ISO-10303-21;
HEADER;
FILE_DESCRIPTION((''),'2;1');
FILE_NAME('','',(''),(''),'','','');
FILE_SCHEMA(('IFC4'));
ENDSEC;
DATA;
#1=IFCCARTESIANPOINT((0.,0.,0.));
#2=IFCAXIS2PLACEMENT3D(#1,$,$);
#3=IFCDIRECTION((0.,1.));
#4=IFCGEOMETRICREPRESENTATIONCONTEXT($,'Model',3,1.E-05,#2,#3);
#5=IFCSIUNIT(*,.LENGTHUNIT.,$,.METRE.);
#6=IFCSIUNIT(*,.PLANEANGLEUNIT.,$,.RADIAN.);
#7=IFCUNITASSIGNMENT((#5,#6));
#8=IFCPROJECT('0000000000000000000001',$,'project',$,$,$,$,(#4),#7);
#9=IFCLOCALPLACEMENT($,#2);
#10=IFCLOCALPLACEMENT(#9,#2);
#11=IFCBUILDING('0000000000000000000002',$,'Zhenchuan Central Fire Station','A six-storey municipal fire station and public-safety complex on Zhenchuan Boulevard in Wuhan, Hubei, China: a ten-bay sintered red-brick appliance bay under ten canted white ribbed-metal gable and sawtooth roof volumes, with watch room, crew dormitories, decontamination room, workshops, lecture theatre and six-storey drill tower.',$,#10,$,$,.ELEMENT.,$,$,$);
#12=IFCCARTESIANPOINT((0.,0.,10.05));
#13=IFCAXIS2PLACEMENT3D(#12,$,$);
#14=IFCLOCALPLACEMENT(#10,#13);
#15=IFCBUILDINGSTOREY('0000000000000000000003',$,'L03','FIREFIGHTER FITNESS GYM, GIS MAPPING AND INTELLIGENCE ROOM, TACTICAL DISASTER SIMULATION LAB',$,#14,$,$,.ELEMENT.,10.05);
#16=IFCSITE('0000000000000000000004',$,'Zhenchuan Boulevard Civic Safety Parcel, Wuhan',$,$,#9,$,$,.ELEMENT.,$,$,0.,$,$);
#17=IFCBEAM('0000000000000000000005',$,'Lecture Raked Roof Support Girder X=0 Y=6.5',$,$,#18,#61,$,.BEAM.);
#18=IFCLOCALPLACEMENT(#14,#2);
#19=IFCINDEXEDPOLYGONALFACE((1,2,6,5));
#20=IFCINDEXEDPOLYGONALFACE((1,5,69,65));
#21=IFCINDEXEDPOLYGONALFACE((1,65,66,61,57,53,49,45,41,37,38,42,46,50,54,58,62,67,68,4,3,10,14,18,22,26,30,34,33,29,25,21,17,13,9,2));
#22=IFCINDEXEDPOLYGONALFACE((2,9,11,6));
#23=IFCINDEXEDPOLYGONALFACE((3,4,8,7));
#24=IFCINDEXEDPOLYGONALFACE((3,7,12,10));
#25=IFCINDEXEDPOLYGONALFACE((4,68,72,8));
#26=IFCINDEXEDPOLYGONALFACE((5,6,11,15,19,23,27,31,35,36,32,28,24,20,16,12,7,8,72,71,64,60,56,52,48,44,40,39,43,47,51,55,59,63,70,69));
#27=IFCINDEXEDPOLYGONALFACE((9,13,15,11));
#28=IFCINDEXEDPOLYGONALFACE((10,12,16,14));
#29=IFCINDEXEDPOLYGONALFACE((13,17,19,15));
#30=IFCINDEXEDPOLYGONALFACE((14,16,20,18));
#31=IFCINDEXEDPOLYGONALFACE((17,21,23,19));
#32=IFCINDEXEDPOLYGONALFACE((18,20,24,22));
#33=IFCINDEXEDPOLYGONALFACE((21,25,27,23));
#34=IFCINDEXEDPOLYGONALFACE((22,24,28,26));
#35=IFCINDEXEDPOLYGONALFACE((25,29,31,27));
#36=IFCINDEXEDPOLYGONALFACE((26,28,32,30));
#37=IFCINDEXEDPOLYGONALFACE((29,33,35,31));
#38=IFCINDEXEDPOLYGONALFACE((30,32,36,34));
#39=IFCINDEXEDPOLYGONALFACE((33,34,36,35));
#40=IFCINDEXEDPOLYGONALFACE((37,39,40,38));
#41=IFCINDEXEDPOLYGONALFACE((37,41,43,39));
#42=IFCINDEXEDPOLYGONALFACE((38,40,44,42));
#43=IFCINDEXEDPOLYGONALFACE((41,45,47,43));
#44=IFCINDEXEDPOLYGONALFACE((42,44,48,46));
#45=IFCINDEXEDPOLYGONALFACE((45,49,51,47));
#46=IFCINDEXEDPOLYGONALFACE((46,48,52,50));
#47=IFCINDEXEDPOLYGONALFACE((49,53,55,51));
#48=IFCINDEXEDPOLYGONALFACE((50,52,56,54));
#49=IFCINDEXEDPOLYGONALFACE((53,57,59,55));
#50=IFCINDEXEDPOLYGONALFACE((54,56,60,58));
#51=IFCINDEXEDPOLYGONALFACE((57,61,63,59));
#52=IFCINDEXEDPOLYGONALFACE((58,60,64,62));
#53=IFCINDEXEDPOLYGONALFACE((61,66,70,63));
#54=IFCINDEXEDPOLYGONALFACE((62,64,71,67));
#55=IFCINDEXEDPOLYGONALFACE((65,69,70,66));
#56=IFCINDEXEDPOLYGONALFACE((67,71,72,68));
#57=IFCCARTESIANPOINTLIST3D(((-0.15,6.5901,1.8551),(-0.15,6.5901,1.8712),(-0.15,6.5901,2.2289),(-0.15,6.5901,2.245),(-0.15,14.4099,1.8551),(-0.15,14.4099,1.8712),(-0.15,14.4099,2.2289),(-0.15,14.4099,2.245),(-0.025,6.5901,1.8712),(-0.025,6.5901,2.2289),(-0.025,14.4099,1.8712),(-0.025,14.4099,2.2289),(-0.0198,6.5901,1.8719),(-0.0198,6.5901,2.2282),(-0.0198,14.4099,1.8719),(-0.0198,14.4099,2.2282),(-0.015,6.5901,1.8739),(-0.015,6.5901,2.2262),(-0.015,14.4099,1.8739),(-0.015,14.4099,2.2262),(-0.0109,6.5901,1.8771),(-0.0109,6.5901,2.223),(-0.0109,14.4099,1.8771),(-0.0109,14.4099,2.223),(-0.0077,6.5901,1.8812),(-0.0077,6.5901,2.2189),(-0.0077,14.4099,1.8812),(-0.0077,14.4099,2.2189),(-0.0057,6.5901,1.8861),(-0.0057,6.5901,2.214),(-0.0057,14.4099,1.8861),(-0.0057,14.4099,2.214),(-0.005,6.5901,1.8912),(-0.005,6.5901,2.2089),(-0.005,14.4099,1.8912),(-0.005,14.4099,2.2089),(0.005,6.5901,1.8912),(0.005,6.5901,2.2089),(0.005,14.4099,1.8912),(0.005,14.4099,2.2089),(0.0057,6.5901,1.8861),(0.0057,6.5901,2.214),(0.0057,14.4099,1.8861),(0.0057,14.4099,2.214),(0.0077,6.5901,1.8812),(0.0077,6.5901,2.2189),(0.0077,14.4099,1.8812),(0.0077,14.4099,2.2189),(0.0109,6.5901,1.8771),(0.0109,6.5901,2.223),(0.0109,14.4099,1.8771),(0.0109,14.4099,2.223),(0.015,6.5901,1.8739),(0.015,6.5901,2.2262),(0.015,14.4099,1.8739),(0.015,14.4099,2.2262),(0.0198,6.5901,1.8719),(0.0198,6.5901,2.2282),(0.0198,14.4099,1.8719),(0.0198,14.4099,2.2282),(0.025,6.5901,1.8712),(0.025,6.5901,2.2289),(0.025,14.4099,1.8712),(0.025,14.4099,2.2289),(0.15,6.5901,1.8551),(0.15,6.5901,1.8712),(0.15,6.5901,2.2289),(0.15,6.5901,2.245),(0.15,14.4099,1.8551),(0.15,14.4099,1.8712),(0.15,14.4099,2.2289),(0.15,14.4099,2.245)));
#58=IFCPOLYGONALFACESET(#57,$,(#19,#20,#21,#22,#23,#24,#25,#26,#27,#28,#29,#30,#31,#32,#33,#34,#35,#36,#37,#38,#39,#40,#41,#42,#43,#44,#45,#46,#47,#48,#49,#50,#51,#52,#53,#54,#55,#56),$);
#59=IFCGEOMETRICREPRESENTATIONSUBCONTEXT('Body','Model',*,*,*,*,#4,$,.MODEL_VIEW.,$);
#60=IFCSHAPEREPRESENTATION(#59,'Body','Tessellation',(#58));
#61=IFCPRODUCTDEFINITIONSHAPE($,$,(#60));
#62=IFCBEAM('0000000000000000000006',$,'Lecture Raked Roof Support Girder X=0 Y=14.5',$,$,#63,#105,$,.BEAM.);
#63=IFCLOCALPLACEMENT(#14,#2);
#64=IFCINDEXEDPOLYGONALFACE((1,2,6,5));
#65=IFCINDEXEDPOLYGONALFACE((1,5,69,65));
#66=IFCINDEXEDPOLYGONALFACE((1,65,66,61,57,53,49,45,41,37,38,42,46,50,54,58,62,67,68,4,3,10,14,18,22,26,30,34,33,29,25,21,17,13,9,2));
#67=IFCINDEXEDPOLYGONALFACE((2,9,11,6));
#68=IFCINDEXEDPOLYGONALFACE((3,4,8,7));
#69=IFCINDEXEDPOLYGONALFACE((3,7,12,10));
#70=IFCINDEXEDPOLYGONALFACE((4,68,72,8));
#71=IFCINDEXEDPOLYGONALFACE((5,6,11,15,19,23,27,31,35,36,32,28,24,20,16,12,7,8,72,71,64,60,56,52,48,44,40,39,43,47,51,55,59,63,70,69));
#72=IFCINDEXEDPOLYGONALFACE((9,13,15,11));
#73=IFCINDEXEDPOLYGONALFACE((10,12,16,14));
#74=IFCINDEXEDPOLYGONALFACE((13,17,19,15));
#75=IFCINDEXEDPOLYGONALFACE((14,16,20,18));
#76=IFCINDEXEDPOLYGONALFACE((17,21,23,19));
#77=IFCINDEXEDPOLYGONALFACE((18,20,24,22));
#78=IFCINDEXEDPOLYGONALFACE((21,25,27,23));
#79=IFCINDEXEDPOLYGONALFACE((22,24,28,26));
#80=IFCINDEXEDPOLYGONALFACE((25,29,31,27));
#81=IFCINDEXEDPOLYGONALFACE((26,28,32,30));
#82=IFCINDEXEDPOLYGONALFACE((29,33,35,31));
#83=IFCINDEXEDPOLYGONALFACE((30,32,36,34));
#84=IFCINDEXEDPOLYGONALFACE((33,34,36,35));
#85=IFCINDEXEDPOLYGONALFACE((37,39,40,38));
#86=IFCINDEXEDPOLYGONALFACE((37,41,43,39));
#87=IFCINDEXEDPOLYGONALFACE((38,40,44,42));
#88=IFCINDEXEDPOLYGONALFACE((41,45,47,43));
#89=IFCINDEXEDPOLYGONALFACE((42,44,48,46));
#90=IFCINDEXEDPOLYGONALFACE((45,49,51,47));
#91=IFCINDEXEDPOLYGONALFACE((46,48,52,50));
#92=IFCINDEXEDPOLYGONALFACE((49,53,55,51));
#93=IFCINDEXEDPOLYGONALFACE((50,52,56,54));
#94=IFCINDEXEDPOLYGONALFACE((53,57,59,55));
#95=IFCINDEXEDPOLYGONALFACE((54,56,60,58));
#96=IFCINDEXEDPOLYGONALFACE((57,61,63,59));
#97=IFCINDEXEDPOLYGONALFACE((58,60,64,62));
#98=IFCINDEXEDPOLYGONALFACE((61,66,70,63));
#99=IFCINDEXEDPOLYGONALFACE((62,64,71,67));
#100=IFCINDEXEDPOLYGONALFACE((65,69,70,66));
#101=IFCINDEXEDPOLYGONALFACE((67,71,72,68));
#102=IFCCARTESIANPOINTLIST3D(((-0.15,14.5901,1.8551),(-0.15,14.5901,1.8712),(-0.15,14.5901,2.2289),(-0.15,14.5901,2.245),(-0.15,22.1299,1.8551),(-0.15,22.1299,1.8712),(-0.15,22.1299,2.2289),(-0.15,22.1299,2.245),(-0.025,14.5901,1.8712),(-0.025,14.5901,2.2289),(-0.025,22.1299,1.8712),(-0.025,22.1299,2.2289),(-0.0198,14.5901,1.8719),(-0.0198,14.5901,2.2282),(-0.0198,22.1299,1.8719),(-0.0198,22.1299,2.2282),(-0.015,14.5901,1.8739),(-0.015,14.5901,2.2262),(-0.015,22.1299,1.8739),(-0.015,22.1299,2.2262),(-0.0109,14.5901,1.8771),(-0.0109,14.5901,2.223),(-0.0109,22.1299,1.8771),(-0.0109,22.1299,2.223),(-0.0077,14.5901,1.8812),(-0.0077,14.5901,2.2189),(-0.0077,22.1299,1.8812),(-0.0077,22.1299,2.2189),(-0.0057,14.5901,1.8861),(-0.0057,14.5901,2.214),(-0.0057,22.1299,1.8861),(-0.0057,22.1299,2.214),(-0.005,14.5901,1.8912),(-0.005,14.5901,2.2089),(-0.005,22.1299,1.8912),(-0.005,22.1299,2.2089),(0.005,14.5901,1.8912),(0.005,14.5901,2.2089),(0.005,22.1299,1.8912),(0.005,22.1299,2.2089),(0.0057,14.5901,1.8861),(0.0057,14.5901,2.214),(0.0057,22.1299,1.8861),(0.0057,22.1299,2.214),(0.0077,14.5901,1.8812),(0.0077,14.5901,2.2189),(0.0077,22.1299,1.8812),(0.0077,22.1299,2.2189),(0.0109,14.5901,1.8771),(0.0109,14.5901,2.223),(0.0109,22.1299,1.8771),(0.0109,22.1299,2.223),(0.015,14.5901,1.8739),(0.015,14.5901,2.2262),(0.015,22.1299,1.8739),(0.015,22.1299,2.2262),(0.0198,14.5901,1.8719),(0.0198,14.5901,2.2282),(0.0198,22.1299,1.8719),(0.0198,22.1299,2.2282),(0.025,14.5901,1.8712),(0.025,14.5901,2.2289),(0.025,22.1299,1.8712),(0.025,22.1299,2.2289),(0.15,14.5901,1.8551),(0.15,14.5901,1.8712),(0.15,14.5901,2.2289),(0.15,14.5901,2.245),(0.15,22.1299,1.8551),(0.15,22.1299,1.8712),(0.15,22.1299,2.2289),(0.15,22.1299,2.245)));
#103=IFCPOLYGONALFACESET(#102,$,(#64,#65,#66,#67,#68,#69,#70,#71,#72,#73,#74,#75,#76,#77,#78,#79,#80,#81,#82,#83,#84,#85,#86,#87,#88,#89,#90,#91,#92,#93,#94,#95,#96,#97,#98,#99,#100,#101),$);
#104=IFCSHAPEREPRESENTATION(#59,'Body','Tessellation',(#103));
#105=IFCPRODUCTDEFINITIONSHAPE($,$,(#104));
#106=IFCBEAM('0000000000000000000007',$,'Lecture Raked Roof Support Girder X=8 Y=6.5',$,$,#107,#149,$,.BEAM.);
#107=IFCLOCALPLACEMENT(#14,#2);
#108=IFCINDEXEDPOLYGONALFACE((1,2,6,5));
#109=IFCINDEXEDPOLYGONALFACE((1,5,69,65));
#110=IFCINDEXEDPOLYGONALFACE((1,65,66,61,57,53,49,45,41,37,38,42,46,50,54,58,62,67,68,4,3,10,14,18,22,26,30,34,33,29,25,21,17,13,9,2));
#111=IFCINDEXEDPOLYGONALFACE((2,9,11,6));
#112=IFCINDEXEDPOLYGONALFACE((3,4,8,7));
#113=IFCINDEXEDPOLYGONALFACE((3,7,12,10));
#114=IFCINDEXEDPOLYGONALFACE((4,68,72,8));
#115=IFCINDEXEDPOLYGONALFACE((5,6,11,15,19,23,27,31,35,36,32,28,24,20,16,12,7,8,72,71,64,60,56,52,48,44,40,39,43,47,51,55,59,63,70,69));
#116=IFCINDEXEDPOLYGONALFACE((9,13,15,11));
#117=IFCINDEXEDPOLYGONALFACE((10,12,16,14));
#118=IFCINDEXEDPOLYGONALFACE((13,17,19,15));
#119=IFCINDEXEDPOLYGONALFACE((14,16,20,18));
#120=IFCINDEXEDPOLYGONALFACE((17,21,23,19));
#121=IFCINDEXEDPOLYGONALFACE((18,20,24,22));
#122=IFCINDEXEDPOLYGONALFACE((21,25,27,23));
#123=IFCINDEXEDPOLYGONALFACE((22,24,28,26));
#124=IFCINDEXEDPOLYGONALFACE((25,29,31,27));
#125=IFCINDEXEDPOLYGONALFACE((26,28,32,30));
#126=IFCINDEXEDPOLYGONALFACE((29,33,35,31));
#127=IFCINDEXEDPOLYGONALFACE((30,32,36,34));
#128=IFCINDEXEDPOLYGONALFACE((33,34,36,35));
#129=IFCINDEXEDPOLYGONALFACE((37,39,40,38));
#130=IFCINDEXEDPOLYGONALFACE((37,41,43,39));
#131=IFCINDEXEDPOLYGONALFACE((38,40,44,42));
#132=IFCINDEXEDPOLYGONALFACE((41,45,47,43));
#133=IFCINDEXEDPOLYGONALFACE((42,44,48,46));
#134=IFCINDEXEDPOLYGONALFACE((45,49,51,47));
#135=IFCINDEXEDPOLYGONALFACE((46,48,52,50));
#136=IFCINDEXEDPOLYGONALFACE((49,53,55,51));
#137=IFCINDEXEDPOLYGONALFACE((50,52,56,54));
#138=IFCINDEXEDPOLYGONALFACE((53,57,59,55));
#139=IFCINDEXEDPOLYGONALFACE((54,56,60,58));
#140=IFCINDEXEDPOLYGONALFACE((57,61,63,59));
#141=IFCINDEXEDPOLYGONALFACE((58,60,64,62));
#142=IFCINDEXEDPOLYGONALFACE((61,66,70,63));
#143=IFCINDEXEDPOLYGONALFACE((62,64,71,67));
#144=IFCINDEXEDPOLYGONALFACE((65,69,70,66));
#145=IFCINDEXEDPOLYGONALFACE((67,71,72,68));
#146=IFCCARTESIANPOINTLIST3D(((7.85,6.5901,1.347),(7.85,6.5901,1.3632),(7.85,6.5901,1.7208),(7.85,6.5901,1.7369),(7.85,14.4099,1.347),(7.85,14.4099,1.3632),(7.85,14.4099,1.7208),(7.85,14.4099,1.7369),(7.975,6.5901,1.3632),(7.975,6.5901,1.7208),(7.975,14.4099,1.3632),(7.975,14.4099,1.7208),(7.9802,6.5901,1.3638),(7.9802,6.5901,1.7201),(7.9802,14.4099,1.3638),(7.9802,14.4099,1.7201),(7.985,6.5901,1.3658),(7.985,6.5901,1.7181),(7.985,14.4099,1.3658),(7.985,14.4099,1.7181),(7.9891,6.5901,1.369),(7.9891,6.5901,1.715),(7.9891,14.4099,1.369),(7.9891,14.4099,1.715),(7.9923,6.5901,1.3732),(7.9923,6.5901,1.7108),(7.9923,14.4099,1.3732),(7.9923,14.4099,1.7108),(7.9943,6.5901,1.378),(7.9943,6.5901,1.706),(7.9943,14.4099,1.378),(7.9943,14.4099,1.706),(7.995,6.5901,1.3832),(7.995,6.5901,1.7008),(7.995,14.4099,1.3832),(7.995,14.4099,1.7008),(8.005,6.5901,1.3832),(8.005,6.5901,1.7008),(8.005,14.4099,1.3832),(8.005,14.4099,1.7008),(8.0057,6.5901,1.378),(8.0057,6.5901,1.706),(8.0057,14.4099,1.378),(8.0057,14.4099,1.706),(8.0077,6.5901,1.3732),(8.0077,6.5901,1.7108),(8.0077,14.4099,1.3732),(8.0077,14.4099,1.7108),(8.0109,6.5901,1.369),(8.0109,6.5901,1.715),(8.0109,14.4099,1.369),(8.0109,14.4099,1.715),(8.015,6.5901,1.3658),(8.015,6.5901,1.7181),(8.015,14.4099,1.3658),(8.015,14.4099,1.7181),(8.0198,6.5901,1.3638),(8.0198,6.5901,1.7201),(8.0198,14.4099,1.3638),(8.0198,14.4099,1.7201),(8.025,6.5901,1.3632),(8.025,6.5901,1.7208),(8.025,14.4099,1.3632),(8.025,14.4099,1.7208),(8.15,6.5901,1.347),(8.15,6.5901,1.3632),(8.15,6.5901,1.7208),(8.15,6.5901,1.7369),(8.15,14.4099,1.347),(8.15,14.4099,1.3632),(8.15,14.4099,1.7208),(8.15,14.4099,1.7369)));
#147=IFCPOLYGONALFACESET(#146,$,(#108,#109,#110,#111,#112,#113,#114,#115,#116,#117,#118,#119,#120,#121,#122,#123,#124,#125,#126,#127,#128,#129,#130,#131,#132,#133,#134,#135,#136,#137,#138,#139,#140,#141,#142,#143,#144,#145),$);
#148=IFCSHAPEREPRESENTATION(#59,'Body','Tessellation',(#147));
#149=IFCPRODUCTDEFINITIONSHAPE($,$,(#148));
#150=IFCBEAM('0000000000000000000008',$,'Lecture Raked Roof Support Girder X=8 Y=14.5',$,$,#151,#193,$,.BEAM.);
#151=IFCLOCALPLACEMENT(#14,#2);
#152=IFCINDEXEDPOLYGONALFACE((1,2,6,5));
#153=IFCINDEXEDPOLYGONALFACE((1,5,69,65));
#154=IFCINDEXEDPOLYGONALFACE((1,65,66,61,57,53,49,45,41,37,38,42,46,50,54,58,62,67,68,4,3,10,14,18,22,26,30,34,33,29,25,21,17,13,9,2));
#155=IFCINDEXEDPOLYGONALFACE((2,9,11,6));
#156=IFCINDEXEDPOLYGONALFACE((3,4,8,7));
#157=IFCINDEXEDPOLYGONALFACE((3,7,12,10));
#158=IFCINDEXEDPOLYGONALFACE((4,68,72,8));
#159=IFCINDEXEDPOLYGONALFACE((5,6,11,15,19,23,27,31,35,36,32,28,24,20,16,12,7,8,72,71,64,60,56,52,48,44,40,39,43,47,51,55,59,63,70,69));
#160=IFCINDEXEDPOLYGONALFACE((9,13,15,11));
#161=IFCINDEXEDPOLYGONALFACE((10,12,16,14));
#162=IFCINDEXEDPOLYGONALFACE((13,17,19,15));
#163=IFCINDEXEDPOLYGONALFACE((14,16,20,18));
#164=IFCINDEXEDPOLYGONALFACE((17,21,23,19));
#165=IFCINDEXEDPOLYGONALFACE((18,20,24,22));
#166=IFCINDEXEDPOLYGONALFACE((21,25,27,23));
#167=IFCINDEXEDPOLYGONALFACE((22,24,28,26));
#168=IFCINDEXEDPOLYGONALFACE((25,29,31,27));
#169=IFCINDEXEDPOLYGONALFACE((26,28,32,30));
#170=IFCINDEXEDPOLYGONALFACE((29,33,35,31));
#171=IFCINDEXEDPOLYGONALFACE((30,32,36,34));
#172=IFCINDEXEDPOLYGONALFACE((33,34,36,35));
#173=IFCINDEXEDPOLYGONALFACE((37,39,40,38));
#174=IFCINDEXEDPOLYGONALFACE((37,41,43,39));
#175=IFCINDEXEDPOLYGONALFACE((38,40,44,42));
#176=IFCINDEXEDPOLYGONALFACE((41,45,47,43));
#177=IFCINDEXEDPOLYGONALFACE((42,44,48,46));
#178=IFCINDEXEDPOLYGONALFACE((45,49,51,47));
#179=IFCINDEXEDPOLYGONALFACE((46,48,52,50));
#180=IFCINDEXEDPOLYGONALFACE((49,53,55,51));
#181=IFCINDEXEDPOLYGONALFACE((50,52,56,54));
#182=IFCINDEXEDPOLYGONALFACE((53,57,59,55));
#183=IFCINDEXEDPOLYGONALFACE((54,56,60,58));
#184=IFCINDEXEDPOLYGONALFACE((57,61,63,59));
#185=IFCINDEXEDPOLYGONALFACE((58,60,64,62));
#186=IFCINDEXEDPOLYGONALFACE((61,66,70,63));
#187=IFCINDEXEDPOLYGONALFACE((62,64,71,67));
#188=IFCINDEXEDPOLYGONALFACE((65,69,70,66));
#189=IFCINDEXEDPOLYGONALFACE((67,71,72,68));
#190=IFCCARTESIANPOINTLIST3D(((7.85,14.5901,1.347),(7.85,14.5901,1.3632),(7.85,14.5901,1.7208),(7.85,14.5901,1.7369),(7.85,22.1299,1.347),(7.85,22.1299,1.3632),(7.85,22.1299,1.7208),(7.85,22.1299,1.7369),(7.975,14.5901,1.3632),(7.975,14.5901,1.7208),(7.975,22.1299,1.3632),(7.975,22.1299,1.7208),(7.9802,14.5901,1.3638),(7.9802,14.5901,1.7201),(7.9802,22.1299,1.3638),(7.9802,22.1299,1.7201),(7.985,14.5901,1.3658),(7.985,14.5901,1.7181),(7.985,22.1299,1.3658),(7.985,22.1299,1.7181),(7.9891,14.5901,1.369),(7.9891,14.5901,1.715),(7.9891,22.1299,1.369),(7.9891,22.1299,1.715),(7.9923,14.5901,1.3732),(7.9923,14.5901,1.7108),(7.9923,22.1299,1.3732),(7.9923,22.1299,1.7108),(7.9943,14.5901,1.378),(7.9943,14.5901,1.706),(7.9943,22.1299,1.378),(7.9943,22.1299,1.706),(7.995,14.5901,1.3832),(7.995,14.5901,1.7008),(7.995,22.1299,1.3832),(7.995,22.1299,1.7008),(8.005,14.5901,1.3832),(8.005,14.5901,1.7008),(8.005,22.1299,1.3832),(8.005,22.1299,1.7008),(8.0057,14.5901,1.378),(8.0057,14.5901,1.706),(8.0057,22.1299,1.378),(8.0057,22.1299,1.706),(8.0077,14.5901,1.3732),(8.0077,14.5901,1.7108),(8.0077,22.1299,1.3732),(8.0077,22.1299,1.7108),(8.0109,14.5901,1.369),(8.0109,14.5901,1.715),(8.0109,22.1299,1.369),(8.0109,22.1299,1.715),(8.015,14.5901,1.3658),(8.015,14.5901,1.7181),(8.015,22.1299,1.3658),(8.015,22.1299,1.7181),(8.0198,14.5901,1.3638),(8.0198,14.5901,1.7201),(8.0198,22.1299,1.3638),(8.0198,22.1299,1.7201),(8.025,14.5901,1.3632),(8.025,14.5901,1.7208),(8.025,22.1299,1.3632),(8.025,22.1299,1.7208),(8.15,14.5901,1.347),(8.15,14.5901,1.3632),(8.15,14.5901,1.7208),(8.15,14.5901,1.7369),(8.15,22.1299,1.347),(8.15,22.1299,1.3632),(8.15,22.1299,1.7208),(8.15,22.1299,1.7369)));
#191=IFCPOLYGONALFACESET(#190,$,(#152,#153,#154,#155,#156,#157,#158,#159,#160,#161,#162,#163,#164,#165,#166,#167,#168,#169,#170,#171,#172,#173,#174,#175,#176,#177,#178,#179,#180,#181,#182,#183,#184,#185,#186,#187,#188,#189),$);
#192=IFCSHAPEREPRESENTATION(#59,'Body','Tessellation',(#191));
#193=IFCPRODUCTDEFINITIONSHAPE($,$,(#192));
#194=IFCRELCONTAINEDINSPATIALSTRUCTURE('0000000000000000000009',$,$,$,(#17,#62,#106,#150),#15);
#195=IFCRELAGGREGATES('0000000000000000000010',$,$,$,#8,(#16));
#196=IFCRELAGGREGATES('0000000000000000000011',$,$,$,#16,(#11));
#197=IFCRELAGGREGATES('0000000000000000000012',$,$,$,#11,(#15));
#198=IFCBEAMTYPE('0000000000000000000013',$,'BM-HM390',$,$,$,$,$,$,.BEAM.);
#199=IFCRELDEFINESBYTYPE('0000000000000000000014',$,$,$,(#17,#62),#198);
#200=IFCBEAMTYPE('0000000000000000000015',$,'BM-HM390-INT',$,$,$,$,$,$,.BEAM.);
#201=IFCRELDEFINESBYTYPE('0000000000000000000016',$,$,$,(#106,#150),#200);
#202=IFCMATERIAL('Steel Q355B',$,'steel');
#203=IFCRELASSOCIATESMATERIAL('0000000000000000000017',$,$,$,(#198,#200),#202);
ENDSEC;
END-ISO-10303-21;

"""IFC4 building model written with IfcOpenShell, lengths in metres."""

from ifc_helpers import new_model, si_unit, direction, frame, origin, origin_2d, place, context, subcontext, project, spatial, i_section, extrude, material, material_profile, profile_set, type_object, element, save


model = new_model("IFC4")

# Units and contexts
model_context = context("Model", 3, precision=1e-05, world=origin(), true_north=direction((0.0, 1.0)))
body_context = subcontext(model_context, "Body", "Model", "MODEL_VIEW")
ifc_project = project(units=[si_unit("LENGTHUNIT", "METRE"), si_unit("PLANEANGLEUNIT", "RADIAN")], contexts=[model_context])

# Site, building, storey
site_placement = place(None, origin())
site = spatial("IfcSite", under=ifc_project, at=site_placement, Name="Zhenchuan Boulevard Civic Safety Parcel, Wuhan", CompositionType="ELEMENT", RefElevation=0.0)
building_placement = place(site_placement, origin())
building = spatial("IfcBuilding", under=site, at=building_placement, Name="Zhenchuan Central Fire Station", Description="A six-storey municipal fire station and public-safety complex on Zhenchuan Boulevard in Wuhan, Hubei, China: a ten-bay sintered red-brick appliance bay under ten canted white ribbed-metal gable and sawtooth roof volumes, with watch room, crew dormitories, decontamination room, workshops, lecture theatre and six-storey drill tower.", CompositionType="ELEMENT")
storey_placement = place(building_placement, frame((0.0, 0.0, 10.05)))
storey = spatial("IfcBuildingStorey", under=building, at=storey_placement, Name="L03", Description="FIREFIGHTER FITNESS GYM, GIS MAPPING AND INTELLIGENCE ROOM, TACTICAL DISASTER SIMULATION LAB", CompositionType="ELEMENT", Elevation=10.05)

# Beams
ifc_material_1 = material(Name="Steel Q355B", Category="steel")
ifc_material_profile_1 = material_profile(ifc_material_1, i_section(OverallWidth=0.3, OverallDepth=0.3899, WebThickness=0.01, FlangeThickness=0.0161, FilletRadius=0.02, at=origin_2d()), Name="HM 390x300")
ifc_profile_set_1 = profile_set([ifc_material_profile_1], Name="Steel Q355B")
beam_type_1 = type_object("IfcBeamType", Name="BM-HM390", PredefinedType="BEAM", material=ifc_profile_set_1)
beam_1_placement = place(storey_placement, frame((0.0, 6.5901, 2.05), z_axis=(0.0, 1.0, 0.0), x_axis=(-1.0, 0.0, 0.0)))
element("IfcBeam", 1, at=beam_1_placement, inside=storey, type_object=beam_type_1, Name="Lecture Raked Roof Support Girder X=0 Y=6.5", PredefinedType="BEAM", context=body_context, shape_type="SweptSolid", body=[
    extrude(i_section(OverallWidth=0.3, OverallDepth=0.3899, WebThickness=0.01, FlangeThickness=0.0161, FilletRadius=0.02, at=origin_2d()), origin(), (0.0, 0.0, 1.0), 7.8198),
])
beam_2_placement = place(storey_placement, frame((0.0, 14.5901, 2.05), z_axis=(0.0, 1.0, 0.0), x_axis=(-1.0, 0.0, 0.0)))
element("IfcBeam", 2, at=beam_2_placement, inside=storey, type_object=beam_type_1, Name="Lecture Raked Roof Support Girder X=0 Y=14.5", PredefinedType="BEAM", context=body_context, shape_type="SweptSolid", body=[
    extrude(i_section(OverallWidth=0.3, OverallDepth=0.3899, WebThickness=0.01, FlangeThickness=0.0161, FilletRadius=0.02, at=origin_2d()), origin(), (0.0, 0.0, 1.0), 7.5398),
])
ifc_material_profile_2 = material_profile(ifc_material_1, i_section(OverallWidth=0.3, OverallDepth=0.3899, WebThickness=0.01, FlangeThickness=0.0161, FilletRadius=0.02, at=origin_2d()), Name="HM 390x300")
ifc_profile_set_2 = profile_set([ifc_material_profile_2], Name="Steel Q355B")
beam_type_2 = type_object("IfcBeamType", Name="BM-HM390-INT", PredefinedType="BEAM", material=ifc_profile_set_2)
beam_3_placement = place(storey_placement, frame((8.0, 6.5901, 1.542), z_axis=(0.0, 1.0, 0.0), x_axis=(-1.0, 0.0, 0.0)))
element("IfcBeam", 3, at=beam_3_placement, inside=storey, type_object=beam_type_2, Name="Lecture Raked Roof Support Girder X=8 Y=6.5", PredefinedType="BEAM", context=body_context, shape_type="SweptSolid", body=[
    extrude(i_section(OverallWidth=0.3, OverallDepth=0.3899, WebThickness=0.01, FlangeThickness=0.0161, FilletRadius=0.02, at=origin_2d()), origin(), (0.0, 0.0, 1.0), 7.8198),
])
beam_4_placement = place(storey_placement, frame((8.0, 14.5901, 1.542), z_axis=(0.0, 1.0, 0.0), x_axis=(-1.0, 0.0, 0.0)))
element("IfcBeam", 4, at=beam_4_placement, inside=storey, type_object=beam_type_2, Name="Lecture Raked Roof Support Girder X=8 Y=14.5", PredefinedType="BEAM", context=body_context, shape_type="SweptSolid", body=[
    extrude(i_section(OverallWidth=0.3, OverallDepth=0.3899, WebThickness=0.01, FlangeThickness=0.0161, FilletRadius=0.02, at=origin_2d()), origin(), (0.0, 0.0, 1.0), 7.5398),
])

save(model, "model.ifc")
